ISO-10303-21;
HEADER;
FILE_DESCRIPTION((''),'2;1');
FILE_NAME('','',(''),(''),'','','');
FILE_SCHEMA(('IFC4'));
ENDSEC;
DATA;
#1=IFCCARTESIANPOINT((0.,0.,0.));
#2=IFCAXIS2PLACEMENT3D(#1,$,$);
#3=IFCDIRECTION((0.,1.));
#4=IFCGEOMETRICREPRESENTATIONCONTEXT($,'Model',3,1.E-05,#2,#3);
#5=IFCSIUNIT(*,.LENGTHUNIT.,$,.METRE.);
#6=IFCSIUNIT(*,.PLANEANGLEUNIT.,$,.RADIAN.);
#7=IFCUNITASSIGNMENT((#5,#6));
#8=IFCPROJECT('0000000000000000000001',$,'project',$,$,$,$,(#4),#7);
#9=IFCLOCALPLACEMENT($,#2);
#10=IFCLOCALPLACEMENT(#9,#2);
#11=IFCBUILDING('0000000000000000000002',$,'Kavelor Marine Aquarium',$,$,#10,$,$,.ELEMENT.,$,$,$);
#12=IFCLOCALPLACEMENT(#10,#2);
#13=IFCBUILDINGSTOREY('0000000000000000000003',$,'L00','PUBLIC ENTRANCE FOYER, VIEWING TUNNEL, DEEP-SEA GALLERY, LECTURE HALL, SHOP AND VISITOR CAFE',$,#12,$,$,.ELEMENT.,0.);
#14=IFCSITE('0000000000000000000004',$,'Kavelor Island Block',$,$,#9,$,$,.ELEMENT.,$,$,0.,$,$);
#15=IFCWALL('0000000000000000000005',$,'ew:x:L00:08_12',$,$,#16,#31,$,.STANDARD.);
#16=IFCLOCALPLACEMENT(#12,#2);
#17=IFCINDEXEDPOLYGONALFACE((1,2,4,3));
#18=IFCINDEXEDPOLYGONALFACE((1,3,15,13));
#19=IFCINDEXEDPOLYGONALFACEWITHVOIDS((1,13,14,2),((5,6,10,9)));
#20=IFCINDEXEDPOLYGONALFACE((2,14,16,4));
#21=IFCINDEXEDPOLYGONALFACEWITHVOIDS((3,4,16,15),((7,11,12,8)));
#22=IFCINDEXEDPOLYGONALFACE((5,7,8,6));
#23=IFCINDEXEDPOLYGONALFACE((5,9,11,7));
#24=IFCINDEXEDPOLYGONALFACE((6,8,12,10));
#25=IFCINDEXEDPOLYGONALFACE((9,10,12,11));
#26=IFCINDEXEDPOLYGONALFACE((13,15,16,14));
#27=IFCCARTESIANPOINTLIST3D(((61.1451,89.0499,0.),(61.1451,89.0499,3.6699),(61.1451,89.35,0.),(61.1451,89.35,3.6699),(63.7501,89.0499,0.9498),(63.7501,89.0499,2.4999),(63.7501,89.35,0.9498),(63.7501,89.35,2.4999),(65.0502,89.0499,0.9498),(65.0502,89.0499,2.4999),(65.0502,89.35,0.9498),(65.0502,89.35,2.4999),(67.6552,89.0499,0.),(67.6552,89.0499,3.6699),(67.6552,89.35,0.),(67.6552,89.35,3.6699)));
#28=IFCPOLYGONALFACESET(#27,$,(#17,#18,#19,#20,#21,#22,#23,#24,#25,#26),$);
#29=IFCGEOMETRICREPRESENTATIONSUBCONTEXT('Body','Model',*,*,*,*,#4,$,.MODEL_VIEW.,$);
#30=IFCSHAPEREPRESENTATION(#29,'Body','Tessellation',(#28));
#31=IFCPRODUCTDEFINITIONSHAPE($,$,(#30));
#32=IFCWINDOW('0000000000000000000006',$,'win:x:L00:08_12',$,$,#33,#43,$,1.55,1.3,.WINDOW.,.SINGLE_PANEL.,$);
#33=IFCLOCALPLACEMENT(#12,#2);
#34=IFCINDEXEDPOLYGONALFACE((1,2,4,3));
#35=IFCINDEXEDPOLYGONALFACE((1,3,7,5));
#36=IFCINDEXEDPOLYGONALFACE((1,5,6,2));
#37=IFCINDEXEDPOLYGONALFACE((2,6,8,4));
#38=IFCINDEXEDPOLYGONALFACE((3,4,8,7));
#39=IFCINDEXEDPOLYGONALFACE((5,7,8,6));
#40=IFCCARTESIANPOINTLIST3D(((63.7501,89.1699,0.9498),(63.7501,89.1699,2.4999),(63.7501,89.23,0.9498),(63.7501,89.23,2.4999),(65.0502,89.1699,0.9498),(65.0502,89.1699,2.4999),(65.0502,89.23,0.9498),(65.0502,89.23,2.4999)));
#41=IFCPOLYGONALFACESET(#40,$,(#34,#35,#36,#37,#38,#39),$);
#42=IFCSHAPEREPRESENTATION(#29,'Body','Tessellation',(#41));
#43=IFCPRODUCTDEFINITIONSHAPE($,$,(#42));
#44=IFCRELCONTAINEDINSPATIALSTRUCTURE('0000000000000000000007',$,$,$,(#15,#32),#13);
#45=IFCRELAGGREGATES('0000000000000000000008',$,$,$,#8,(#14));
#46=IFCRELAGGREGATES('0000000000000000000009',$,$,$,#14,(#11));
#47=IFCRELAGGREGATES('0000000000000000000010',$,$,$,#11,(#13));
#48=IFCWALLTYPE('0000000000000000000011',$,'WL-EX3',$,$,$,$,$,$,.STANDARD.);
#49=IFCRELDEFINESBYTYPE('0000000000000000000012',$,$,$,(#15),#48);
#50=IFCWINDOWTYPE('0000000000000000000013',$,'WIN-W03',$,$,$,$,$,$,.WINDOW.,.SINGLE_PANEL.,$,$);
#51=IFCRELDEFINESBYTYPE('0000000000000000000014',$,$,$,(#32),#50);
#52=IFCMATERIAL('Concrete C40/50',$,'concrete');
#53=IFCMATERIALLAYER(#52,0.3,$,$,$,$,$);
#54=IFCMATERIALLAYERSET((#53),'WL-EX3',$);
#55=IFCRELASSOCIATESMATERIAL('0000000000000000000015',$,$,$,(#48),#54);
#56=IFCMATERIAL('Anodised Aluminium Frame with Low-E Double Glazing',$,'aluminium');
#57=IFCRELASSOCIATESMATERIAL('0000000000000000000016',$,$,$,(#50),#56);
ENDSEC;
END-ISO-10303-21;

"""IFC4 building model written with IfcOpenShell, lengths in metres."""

from ifc_helpers import new_model, si_unit, direction, frame, frame_2d, origin, place, context, subcontext, project, spatial, rectangle, extrude, material, layer, layer_set, type_object, element, fill, save


model = new_model("IFC4")

# Units and contexts
model_context = context("Model", 3, precision=1e-05, world=origin(), true_north=direction((0.0, 1.0)))
body_context = subcontext(model_context, "Body", "Model", "MODEL_VIEW")
ifc_project = project(units=[si_unit("LENGTHUNIT", "METRE"), si_unit("PLANEANGLEUNIT", "RADIAN")], contexts=[model_context])

# Site, building, storey
site_placement = place(None, origin())
site = spatial("IfcSite", under=ifc_project, at=site_placement, Name="Kavelor Island Block", CompositionType="ELEMENT", RefElevation=0.0)
building_placement = place(site_placement, origin())
building = spatial("IfcBuilding", under=site, at=building_placement, Name="Kavelor Marine Aquarium", CompositionType="ELEMENT")
storey_placement = place(building_placement, origin())
storey = spatial("IfcBuildingStorey", under=building, at=storey_placement, Name="L00", Description="PUBLIC ENTRANCE FOYER, VIEWING TUNNEL, DEEP-SEA GALLERY, LECTURE HALL, SHOP AND VISITOR CAFE", CompositionType="ELEMENT", Elevation=0.0)

# Wall, opening, window
ifc_material_1 = material(Name="Concrete C40/50", Category="concrete")
ifc_layer_1 = layer(ifc_material_1, 0.3)
ifc_layer_set_1 = layer_set([ifc_layer_1], Name="WL-EX3")
wall_type = type_object("IfcWallType", Name="WL-EX3", PredefinedType="STANDARD", material=ifc_layer_set_1)
wall_placement = place(storey_placement, frame((67.655, 89.2, 0.0), z_axis=(0.0, 0.0, 1.0), x_axis=(-1.0, 0.0, 0.0)))
wall = element("IfcWall", 1, at=wall_placement, inside=storey, type_object=wall_type, Name="ew:x:L00:08_12", PredefinedType="STANDARD", context=body_context, shape_type="SweptSolid", body=[
    extrude(rectangle(XDim=6.51, YDim=0.3, at=frame_2d((3.2549, 0.0))), origin(), (0.0, 0.0, 1.0), 3.6699),
])
opening_placement = place(wall_placement, frame((2.605, 0.0, 0.95)))
opening = element("IfcOpeningElement", 2, at=opening_placement, cuts=wall, PredefinedType="OPENING", context=body_context, shape_type="SweptSolid", body=[
    extrude(rectangle(XDim=1.3, YDim=1.55, at=frame_2d((0.6499, 0.7749))), frame((0.0, 0.1599, 0.0), z_axis=(0.0, -1.0, 0.0), x_axis=(1.0, 0.0, 0.0)), (0.0, 0.0, 1.0), 0.32),
])
ifc_material_2 = material(Name="Anodised Aluminium Frame with Low-E Double Glazing", Category="aluminium")
window_type = type_object("IfcWindowType", Name="WIN-W03", PartitioningType="SINGLE_PANEL", PredefinedType="WINDOW", material=ifc_material_2)
window_placement = place(opening_placement, origin())
window = element("IfcWindow", 3, at=window_placement, inside=storey, type_object=window_type, Name="win:x:L00:08_12", OverallHeight=1.55, OverallWidth=1.3, PartitioningType="SINGLE_PANEL", PredefinedType="WINDOW", context=body_context, shape_type="SweptSolid", body=[
    extrude(rectangle(XDim=1.3, YDim=1.55, at=frame_2d((0.6499, 0.7749))), frame((0.0, 0.03, 0.0), z_axis=(0.0, -1.0, 0.0), x_axis=(1.0, 0.0, 0.0)), (0.0, 0.0, 1.0), 0.0601),
])
fill(opening, window)

save(model, "model.ifc")
